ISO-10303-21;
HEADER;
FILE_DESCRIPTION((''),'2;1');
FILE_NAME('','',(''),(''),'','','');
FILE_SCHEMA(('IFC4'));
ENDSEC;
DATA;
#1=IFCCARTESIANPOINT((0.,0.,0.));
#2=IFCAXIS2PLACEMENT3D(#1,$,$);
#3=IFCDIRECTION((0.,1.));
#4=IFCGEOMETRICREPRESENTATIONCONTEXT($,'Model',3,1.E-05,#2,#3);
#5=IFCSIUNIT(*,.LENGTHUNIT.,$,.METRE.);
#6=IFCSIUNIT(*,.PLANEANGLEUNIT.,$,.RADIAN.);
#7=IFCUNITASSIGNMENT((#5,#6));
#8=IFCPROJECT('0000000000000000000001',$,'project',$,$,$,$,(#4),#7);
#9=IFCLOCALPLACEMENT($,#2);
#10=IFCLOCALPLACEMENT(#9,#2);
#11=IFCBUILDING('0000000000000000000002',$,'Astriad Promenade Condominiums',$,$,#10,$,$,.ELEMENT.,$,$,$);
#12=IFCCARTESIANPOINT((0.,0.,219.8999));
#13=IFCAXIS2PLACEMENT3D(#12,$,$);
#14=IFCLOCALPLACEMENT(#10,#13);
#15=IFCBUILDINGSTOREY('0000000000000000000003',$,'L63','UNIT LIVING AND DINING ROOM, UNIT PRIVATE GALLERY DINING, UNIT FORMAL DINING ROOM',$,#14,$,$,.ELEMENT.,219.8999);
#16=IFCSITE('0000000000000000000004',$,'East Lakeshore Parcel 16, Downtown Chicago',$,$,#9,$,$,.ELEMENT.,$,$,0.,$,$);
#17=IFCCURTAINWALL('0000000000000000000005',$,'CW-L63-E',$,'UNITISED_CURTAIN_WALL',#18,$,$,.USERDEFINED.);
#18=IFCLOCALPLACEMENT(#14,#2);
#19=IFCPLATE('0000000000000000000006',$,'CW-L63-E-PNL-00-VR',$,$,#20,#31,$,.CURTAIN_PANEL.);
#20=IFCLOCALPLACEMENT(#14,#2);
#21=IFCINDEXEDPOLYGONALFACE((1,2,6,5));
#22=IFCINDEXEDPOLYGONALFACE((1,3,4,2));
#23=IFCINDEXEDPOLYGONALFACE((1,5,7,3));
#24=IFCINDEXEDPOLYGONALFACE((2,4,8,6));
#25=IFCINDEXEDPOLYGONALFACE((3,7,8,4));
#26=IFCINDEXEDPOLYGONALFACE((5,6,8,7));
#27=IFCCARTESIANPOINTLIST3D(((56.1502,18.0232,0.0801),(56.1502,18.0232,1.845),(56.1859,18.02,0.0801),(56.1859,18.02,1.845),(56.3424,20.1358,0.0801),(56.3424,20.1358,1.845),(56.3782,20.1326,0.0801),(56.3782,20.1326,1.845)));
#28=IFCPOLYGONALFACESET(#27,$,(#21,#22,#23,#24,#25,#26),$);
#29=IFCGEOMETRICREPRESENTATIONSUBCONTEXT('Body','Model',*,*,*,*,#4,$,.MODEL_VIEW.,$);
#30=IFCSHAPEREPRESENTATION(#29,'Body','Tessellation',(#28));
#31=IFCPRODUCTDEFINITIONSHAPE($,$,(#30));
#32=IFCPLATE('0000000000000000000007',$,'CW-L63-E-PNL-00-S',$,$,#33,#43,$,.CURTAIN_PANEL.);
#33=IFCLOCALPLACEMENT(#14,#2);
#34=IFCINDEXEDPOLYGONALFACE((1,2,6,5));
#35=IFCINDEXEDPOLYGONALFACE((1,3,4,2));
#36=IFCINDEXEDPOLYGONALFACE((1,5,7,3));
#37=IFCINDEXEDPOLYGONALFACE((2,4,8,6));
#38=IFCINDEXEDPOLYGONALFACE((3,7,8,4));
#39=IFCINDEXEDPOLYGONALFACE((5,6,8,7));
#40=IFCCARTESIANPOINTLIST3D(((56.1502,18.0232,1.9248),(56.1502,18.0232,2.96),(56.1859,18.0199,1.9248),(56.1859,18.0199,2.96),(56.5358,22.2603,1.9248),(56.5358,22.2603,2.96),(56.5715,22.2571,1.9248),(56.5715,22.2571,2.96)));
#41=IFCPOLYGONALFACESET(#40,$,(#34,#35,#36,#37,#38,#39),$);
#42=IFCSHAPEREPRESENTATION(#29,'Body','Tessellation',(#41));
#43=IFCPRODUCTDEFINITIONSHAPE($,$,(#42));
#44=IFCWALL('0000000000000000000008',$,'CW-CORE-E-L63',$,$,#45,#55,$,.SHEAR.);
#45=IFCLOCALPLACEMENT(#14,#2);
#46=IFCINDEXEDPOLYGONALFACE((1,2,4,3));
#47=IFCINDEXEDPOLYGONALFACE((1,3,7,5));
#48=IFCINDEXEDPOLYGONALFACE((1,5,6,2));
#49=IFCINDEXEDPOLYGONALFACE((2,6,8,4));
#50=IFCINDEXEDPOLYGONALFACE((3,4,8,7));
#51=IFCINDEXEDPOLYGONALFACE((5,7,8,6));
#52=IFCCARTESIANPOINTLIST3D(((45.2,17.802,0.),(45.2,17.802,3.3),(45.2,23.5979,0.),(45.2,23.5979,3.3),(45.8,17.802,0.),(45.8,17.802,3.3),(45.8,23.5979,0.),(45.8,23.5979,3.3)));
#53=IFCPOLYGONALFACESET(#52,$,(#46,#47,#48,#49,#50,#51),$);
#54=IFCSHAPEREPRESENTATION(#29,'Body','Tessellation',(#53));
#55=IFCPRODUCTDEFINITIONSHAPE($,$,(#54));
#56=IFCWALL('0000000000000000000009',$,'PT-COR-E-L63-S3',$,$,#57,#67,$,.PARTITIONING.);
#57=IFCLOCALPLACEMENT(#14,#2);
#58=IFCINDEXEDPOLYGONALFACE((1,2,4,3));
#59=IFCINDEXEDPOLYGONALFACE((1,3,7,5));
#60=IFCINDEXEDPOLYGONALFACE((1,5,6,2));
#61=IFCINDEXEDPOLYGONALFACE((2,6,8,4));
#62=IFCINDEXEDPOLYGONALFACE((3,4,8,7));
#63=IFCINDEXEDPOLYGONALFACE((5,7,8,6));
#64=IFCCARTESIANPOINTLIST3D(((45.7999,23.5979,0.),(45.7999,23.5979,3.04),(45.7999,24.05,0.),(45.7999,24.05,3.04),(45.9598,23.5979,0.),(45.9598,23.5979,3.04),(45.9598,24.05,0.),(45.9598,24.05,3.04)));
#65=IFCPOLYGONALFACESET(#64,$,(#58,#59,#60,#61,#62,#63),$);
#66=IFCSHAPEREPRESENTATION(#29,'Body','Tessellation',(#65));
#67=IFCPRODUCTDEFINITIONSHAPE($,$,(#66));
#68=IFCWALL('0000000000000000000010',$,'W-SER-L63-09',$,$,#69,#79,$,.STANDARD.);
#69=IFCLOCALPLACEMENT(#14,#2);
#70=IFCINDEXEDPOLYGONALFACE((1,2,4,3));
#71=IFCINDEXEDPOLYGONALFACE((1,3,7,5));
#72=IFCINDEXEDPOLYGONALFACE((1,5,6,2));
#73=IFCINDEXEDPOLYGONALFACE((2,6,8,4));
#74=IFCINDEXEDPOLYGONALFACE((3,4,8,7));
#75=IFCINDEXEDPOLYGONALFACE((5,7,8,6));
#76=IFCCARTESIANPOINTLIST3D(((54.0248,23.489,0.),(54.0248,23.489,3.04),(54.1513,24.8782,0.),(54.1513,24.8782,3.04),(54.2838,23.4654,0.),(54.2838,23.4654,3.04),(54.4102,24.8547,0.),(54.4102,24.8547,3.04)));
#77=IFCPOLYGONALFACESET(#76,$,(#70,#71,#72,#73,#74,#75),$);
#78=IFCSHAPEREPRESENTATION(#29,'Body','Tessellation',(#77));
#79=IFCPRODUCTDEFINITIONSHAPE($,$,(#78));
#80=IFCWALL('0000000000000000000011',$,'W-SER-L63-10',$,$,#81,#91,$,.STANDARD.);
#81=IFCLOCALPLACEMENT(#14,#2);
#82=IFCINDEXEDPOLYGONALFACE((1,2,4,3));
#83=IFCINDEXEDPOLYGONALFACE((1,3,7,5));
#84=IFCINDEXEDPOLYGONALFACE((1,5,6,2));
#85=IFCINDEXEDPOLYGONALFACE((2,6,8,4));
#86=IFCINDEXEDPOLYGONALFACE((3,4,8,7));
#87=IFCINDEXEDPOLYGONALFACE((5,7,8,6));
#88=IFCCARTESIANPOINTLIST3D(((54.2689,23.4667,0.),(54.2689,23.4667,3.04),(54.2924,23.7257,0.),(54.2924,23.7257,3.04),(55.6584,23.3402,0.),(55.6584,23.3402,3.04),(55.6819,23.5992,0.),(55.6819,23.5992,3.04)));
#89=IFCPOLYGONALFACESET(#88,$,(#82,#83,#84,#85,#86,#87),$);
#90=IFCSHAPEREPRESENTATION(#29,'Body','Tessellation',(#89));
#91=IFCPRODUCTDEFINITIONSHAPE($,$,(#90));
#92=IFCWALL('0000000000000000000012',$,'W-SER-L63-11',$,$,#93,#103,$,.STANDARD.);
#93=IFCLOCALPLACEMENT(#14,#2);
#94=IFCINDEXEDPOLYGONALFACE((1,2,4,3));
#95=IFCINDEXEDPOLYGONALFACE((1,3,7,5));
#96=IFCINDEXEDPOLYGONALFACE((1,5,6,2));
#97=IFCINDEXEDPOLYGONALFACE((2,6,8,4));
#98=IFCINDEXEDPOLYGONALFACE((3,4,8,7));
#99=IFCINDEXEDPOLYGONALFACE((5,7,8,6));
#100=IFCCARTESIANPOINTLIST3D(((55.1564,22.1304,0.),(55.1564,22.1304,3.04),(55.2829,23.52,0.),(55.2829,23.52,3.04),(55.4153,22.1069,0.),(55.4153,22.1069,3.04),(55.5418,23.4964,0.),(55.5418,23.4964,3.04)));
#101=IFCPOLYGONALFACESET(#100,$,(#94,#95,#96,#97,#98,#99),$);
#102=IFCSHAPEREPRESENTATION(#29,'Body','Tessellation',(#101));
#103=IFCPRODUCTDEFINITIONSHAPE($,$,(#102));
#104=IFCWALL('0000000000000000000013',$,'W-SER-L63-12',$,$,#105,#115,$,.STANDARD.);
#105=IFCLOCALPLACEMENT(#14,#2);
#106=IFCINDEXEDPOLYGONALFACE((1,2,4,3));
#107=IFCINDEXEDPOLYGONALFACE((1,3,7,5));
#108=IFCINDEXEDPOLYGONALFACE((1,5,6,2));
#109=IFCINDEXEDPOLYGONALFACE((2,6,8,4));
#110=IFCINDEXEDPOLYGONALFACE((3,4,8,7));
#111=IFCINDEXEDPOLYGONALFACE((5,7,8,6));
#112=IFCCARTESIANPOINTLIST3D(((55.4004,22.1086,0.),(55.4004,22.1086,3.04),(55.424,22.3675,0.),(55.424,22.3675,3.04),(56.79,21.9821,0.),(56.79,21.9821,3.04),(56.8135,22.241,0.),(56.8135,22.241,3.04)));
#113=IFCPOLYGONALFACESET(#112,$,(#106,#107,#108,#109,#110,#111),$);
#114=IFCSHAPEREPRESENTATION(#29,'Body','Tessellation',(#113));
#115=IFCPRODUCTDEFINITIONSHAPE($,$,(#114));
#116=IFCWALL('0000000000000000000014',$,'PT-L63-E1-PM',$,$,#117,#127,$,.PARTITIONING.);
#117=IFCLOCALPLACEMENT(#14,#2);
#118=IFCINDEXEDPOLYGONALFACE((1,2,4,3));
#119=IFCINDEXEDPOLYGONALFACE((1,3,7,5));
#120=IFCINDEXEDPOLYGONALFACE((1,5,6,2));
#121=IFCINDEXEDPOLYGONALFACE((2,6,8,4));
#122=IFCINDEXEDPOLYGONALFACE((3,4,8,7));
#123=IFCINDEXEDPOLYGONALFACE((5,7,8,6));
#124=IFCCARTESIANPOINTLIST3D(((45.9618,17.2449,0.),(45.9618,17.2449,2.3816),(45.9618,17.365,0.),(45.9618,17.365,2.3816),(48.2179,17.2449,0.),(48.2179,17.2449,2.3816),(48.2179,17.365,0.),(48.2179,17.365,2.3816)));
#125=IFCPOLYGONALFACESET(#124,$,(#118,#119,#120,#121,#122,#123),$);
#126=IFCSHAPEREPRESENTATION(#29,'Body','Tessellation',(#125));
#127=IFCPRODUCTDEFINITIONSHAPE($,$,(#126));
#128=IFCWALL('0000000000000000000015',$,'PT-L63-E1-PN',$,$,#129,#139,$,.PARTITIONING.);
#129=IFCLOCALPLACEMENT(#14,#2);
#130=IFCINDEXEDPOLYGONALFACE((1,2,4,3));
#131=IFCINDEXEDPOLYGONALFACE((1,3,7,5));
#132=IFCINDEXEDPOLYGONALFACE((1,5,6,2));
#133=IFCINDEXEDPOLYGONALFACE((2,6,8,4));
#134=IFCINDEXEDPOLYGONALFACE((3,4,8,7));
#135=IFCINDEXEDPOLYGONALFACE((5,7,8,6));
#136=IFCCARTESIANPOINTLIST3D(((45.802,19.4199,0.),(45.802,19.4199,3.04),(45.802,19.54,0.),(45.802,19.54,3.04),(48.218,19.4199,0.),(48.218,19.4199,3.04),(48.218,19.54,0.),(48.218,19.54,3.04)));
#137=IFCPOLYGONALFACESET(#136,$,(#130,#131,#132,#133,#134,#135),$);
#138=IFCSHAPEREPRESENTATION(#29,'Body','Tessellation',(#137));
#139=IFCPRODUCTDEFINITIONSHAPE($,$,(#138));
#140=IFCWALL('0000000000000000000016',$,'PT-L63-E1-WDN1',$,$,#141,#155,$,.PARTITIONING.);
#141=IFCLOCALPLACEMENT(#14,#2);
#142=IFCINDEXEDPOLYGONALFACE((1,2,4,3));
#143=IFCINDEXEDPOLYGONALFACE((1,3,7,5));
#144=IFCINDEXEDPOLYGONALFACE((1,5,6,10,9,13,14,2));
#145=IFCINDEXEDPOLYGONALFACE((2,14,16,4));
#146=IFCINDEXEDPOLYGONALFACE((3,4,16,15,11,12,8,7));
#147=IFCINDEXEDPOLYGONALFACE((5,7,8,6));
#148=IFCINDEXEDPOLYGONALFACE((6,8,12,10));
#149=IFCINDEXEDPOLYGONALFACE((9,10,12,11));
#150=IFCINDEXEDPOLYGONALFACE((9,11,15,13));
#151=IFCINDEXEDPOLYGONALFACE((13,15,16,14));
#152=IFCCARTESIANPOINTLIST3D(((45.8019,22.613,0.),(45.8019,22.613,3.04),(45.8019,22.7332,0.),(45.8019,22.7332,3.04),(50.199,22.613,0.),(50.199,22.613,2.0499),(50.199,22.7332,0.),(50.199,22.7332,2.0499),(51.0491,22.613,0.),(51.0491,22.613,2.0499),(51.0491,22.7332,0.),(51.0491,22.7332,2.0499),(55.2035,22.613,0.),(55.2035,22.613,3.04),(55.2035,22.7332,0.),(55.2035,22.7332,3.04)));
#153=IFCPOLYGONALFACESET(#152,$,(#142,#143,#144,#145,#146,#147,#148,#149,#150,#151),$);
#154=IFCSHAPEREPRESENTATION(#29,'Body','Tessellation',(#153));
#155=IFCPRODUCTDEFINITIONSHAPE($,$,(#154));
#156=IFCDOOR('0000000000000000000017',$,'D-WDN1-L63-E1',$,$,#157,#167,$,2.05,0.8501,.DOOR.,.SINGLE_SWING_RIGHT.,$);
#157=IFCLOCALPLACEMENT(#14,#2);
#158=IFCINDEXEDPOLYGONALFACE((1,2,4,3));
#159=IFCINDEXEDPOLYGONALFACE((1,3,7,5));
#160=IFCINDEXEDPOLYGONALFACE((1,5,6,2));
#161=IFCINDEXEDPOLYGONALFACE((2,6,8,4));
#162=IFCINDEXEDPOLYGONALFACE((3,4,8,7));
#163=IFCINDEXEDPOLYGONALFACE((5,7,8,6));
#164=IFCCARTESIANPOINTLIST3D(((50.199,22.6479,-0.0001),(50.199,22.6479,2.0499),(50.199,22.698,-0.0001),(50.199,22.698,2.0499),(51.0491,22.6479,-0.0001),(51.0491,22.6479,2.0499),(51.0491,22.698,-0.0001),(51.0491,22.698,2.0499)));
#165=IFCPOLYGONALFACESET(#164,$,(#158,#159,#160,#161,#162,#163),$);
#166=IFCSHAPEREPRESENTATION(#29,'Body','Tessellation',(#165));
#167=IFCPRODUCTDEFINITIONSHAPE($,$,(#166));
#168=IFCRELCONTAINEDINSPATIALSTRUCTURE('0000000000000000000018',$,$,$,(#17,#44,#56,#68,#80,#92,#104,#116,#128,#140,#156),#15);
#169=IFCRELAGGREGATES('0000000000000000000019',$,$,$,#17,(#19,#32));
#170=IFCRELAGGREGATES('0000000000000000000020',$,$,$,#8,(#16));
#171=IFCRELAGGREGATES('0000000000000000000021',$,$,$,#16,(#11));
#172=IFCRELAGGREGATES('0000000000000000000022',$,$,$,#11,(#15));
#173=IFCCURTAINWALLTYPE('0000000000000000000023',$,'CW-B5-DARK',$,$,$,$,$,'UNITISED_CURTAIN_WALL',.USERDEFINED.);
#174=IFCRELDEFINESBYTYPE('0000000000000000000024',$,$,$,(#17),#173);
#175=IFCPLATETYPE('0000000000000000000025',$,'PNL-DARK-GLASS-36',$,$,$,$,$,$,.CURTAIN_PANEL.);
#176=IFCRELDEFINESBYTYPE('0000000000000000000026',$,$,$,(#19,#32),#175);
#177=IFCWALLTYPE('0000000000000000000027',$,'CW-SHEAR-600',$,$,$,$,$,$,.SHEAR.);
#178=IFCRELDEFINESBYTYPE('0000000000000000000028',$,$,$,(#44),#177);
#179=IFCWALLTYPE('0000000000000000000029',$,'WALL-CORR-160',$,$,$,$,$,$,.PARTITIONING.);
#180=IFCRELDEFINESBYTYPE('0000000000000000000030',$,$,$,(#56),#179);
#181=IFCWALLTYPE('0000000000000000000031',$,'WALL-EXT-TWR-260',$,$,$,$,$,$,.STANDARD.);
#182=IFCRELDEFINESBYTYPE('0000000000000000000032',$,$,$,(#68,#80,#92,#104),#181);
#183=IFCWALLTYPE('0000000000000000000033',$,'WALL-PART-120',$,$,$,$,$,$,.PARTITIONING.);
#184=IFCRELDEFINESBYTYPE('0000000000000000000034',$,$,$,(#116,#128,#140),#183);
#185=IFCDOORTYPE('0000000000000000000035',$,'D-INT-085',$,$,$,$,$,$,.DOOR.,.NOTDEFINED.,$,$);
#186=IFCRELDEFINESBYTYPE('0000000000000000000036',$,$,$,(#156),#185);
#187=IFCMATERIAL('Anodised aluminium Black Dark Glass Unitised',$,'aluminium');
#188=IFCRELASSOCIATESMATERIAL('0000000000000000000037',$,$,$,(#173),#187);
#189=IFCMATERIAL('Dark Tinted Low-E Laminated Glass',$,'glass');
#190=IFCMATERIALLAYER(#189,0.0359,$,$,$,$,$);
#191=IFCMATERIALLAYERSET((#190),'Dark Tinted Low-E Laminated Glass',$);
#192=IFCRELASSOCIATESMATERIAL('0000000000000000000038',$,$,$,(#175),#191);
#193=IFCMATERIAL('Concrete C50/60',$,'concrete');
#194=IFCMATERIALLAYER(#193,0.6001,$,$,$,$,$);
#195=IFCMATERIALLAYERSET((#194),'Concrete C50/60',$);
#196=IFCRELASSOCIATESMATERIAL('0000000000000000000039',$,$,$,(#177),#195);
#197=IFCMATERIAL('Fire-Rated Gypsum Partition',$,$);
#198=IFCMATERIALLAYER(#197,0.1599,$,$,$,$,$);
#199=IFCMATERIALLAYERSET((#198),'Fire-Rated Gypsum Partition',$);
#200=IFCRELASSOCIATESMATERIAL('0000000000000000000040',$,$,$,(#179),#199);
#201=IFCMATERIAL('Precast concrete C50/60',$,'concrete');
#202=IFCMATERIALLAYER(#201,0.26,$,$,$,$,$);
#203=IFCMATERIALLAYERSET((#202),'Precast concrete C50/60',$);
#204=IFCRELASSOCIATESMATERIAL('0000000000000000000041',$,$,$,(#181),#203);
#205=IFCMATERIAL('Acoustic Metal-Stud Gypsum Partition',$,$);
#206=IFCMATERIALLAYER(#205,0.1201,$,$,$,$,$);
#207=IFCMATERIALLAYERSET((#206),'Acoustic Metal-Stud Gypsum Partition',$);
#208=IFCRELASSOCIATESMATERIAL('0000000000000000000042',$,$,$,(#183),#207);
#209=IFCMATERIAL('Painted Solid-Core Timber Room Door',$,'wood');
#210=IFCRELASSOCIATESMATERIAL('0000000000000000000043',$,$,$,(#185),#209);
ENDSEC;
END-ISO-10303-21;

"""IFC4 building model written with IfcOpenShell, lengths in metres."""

from ifc_helpers import new_model, si_unit, direction, frame, frame_2d, origin, origin_2d, place, context, subcontext, project, spatial, rectangle, extrude, source, transform, mapped, material, layer, layer_set, type_object, type_shapes, element, fill, aggregate, save


model = new_model("IFC4")

# Units and contexts
model_context = context("Model", 3, precision=1e-05, world=origin(), true_north=direction((0.0, 1.0)))
body_context = subcontext(model_context, "Body", "Model", "MODEL_VIEW")
ifc_project = project(units=[si_unit("LENGTHUNIT", "METRE"), si_unit("PLANEANGLEUNIT", "RADIAN")], contexts=[model_context])

# Site, building, storey
site_placement = place(None, origin())
site = spatial("IfcSite", under=ifc_project, at=site_placement, Name="East Lakeshore Parcel 16, Downtown Chicago", CompositionType="ELEMENT", RefElevation=0.0)
building_placement = place(site_placement, origin())
building = spatial("IfcBuilding", under=site, at=building_placement, Name="Astriad Promenade Condominiums", CompositionType="ELEMENT")
storey_placement = place(building_placement, frame((0.0, 0.0, 219.8999)))
storey = spatial("IfcBuildingStorey", under=building, at=storey_placement, Name="L63", Description="UNIT LIVING AND DINING ROOM, UNIT PRIVATE GALLERY DINING, UNIT FORMAL DINING ROOM", CompositionType="ELEMENT", Elevation=219.8999)

# Shared definitions
ifc_material_1 = material(Name="Concrete C50/60", Category="concrete")

# Curtain wall, plates
ifc_material_2 = material(Name="Anodised aluminium Black Dark Glass Unitised", Category="aluminium")
curtain_wall_type = type_object("IfcCurtainWallType", Name="CW-B5-DARK", ElementType="UNITISED_CURTAIN_WALL", PredefinedType="USERDEFINED", material=ifc_material_2)
curtain_wall_placement = place(storey_placement, origin())
curtain_wall = element("IfcCurtainWall", 1, at=curtain_wall_placement, inside=storey, type_object=curtain_wall_type, Name="CW-L63-E", ObjectType="UNITISED_CURTAIN_WALL", PredefinedType="USERDEFINED")
ifc_material_3 = material(Name="Dark Tinted Low-E Laminated Glass", Category="glass")
ifc_layer_1 = layer(ifc_material_3, 0.0359)
ifc_layer_set_1 = layer_set([ifc_layer_1], Name="Dark Tinted Low-E Laminated Glass")
plate_type = type_object("IfcPlateType", Name="PNL-DARK-GLASS-36", PredefinedType="CURTAIN_PANEL", material=ifc_layer_set_1)
shared_shape_1 = source(origin(), body_context, "Body", "SweptSolid", [
    extrude(rectangle(XDim=2.1213, YDim=0.0359, at=origin_2d()), origin(), (0.0, 0.0, 1.0), 1.7649),
])
plate_1_placement = place(storey_placement, frame((56.2642, 19.0779, 0.0801), z_axis=(0.0, 0.0, 1.0), x_axis=(-0.090633, -0.995884, 0.0)))
plate_1 = element("IfcPlate", 2, at=plate_1_placement, type_object=plate_type, Name="CW-L63-E-PNL-00-VR", PredefinedType="CURTAIN_PANEL", context=body_context, shape_type="MappedRepresentation", body=[
    mapped(shared_shape_1, transform((0.0, 0.0, 0.0), scale=1.0)),
])
shared_shape_2 = source(origin(), body_context, "Body", "SweptSolid", [
    extrude(rectangle(XDim=4.2546, YDim=0.0359, at=origin_2d()), origin(), (0.0, 0.0, 1.0), 1.0352),
])
type_shapes(plate_type, [shared_shape_1, shared_shape_2])
plate_2_placement = place(storey_placement, frame((56.3608, 20.1401, 1.9248), z_axis=(0.0, 0.0, 1.0), x_axis=(-0.090633, -0.995884, 0.0)))
plate_2 = element("IfcPlate", 3, at=plate_2_placement, type_object=plate_type, Name="CW-L63-E-PNL-00-S", PredefinedType="CURTAIN_PANEL", context=body_context, shape_type="MappedRepresentation", body=[
    mapped(shared_shape_2, transform((0.0, 0.0, 0.0), scale=1.0)),
])
aggregate(curtain_wall, [plate_1, plate_2])

# Walls
ifc_layer_2 = layer(ifc_material_1, 0.6001)
ifc_layer_set_2 = layer_set([ifc_layer_2], Name="Concrete C50/60")
wall_type_1 = type_object("IfcWallType", Name="CW-SHEAR-600", PredefinedType="SHEAR", material=ifc_layer_set_2)
wall_1_placement = place(storey_placement, frame((45.5, 17.802, 0.0), z_axis=(0.0, 0.0, 1.0), x_axis=(0.0, 1.0, 0.0)))
element("IfcWall", 4, at=wall_1_placement, inside=storey, type_object=wall_type_1, Name="CW-CORE-E-L63", PredefinedType="SHEAR", context=body_context, shape_type="SweptSolid", body=[
    extrude(rectangle(XDim=5.7959, YDim=0.6001, at=frame_2d((2.8979, 0.0))), origin(), (0.0, 0.0, 1.0), 3.3),
])
ifc_material_4 = material(Name="Fire-Rated Gypsum Partition")
ifc_layer_3 = layer(ifc_material_4, 0.1599)
ifc_layer_set_3 = layer_set([ifc_layer_3], Name="Fire-Rated Gypsum Partition")
wall_type_2 = type_object("IfcWallType", Name="WALL-CORR-160", PredefinedType="PARTITIONING", material=ifc_layer_set_3)
wall_2_placement = place(storey_placement, frame((45.8799, 23.5979, 0.0), z_axis=(0.0, 0.0, 1.0), x_axis=(0.0, 1.0, 0.0)))
element("IfcWall", 5, at=wall_2_placement, inside=storey, type_object=wall_type_2, Name="PT-COR-E-L63-S3", PredefinedType="PARTITIONING", context=body_context, shape_type="SweptSolid", body=[
    extrude(rectangle(XDim=0.4521, YDim=0.1599, at=frame_2d((0.2261, 0.0))), origin(), (0.0, 0.0, 1.0), 3.04),
])
ifc_material_5 = material(Name="Precast concrete C50/60", Category="concrete")
ifc_layer_4 = layer(ifc_material_5, 0.26)
ifc_layer_set_4 = layer_set([ifc_layer_4], Name="Precast concrete C50/60")
wall_type_3 = type_object("IfcWallType", Name="WALL-EXT-TWR-260", PredefinedType="STANDARD", material=ifc_layer_set_4)
wall_3_placement = place(storey_placement, frame((54.2808, 24.8665, 0.0), z_axis=(0.0, 0.0, 1.0), x_axis=(-0.090662, -0.995882, 0.0)))
element("IfcWall", 6, at=wall_3_placement, inside=storey, type_object=wall_type_3, Name="W-SER-L63-09", PredefinedType="STANDARD", context=body_context, shape_type="SweptSolid", body=[
    extrude(rectangle(XDim=1.395, YDim=0.26, at=frame_2d((0.6975, 0.0))), origin(), (0.0, 0.0, 1.0), 3.04),
])
for number, where, z_axis, x_axis, name in (
    (7, (54.2805, 23.5962, 0.0), (0.0, 0.0, 1.0), (0.995883, -0.090646, 0.0), "W-SER-L63-10"),
    (8, (55.4124, 23.5083, 0.0), (0.0, 0.0, 1.0), (-0.090646, -0.995883, 0.0), "W-SER-L63-11"),
    (9, (55.4121, 22.238, 0.0), (0.0, 0.0, 1.0), (0.995883, -0.090646, 0.0), "W-SER-L63-12"),
):
    element("IfcWall", number, at=place(storey_placement, frame(where, z_axis=z_axis, x_axis=x_axis)), inside=storey, type_object=wall_type_3, Name=name, PredefinedType="STANDARD", context=body_context, shape_type="SweptSolid", body=[
        extrude(rectangle(XDim=1.3953, YDim=0.26, at=frame_2d((0.6978, 0.0))), origin(), (0.0, 0.0, 1.0), 3.04),
    ])
ifc_material_6 = material(Name="Acoustic Metal-Stud Gypsum Partition")
ifc_layer_5 = layer(ifc_material_6, 0.1201)
ifc_layer_set_5 = layer_set([ifc_layer_5], Name="Acoustic Metal-Stud Gypsum Partition")
wall_type_4 = type_object("IfcWallType", Name="WALL-PART-120", PredefinedType="PARTITIONING", material=ifc_layer_set_5)
wall_4_placement = place(storey_placement, frame((45.9619, 17.3049, 0.0), z_axis=(0.0, 0.0, 1.0), x_axis=(1.0, 0.0, 0.0)))
element("IfcWall", 10, at=wall_4_placement, inside=storey, type_object=wall_type_4, Name="PT-L63-E1-PM", PredefinedType="PARTITIONING", context=body_context, shape_type="SweptSolid", body=[
    extrude(rectangle(XDim=2.2561, YDim=0.1201, at=frame_2d((1.1279, 0.0))), origin(), (0.0, 0.0, 1.0), 2.3816),
])
wall_5_placement = place(storey_placement, frame((45.802, 19.48, 0.0), z_axis=(0.0, 0.0, 1.0), x_axis=(1.0, 0.0, 0.0)))
element("IfcWall", 11, at=wall_5_placement, inside=storey, type_object=wall_type_4, Name="PT-L63-E1-PN", PredefinedType="PARTITIONING", context=body_context, shape_type="SweptSolid", body=[
    extrude(rectangle(XDim=2.416, YDim=0.1201, at=frame_2d((1.208, 0.0))), origin(), (0.0, 0.0, 1.0), 3.04),
])

# Wall, opening, door
wall_6_placement = place(storey_placement, frame((45.802, 22.6731, 0.0), z_axis=(0.0, 0.0, 1.0), x_axis=(1.0, 0.0, 0.0)))
wall_6 = element("IfcWall", 12, at=wall_6_placement, inside=storey, type_object=wall_type_4, Name="PT-L63-E1-WDN1", PredefinedType="PARTITIONING", context=body_context, shape_type="SweptSolid", body=[
    extrude(rectangle(XDim=9.4016, YDim=0.1201, at=frame_2d((4.7007, 0.0))), origin(), (0.0, 0.0, 1.0), 3.04),
])
opening_1_placement = place(wall_6_placement, frame((4.397, 0.0, 0.0)))
opening_1 = element("IfcOpeningElement", 13, at=opening_1_placement, cuts=wall_6, PredefinedType="OPENING", context=body_context, shape_type="SweptSolid", body=[
    extrude(rectangle(XDim=0.8501, YDim=2.05, at=frame_2d((0.425, 1.0249))), frame((0.0, 0.0701, 0.0), z_axis=(0.0, -1.0, 0.0), x_axis=(1.0, 0.0, 0.0)), (0.0, 0.0, 1.0), 0.1401),
])
ifc_material_7 = material(Name="Painted Solid-Core Timber Room Door", Category="wood")
door_type = type_object("IfcDoorType", Name="D-INT-085", OperationType="NOTDEFINED", PredefinedType="DOOR", material=ifc_material_7)
shared_shape_3 = source(origin(), body_context, "Body", "SweptSolid", [
    extrude(rectangle(XDim=0.8501, YDim=2.05, at=frame_2d((0.425, 1.0249))), frame((0.0, 0.0249, 0.0), z_axis=(0.0, -1.0, 0.0), x_axis=(1.0, 0.0, 0.0)), (0.0, 0.0, 1.0), 0.05),
])
type_shapes(door_type, [shared_shape_3])
door_1_placement = place(opening_1_placement, origin())
door_1 = element("IfcDoor", 14, at=door_1_placement, inside=storey, type_object=door_type, Name="D-WDN1-L63-E1", OperationType="SINGLE_SWING_RIGHT", OverallHeight=2.05, OverallWidth=0.8501, PredefinedType="DOOR", context=body_context, shape_type="MappedRepresentation", body=[
    mapped(shared_shape_3, transform((0.0, 0.0, 0.0), scale=1.0)),
])
fill(opening_1, door_1)

save(model, "model.ifc")
